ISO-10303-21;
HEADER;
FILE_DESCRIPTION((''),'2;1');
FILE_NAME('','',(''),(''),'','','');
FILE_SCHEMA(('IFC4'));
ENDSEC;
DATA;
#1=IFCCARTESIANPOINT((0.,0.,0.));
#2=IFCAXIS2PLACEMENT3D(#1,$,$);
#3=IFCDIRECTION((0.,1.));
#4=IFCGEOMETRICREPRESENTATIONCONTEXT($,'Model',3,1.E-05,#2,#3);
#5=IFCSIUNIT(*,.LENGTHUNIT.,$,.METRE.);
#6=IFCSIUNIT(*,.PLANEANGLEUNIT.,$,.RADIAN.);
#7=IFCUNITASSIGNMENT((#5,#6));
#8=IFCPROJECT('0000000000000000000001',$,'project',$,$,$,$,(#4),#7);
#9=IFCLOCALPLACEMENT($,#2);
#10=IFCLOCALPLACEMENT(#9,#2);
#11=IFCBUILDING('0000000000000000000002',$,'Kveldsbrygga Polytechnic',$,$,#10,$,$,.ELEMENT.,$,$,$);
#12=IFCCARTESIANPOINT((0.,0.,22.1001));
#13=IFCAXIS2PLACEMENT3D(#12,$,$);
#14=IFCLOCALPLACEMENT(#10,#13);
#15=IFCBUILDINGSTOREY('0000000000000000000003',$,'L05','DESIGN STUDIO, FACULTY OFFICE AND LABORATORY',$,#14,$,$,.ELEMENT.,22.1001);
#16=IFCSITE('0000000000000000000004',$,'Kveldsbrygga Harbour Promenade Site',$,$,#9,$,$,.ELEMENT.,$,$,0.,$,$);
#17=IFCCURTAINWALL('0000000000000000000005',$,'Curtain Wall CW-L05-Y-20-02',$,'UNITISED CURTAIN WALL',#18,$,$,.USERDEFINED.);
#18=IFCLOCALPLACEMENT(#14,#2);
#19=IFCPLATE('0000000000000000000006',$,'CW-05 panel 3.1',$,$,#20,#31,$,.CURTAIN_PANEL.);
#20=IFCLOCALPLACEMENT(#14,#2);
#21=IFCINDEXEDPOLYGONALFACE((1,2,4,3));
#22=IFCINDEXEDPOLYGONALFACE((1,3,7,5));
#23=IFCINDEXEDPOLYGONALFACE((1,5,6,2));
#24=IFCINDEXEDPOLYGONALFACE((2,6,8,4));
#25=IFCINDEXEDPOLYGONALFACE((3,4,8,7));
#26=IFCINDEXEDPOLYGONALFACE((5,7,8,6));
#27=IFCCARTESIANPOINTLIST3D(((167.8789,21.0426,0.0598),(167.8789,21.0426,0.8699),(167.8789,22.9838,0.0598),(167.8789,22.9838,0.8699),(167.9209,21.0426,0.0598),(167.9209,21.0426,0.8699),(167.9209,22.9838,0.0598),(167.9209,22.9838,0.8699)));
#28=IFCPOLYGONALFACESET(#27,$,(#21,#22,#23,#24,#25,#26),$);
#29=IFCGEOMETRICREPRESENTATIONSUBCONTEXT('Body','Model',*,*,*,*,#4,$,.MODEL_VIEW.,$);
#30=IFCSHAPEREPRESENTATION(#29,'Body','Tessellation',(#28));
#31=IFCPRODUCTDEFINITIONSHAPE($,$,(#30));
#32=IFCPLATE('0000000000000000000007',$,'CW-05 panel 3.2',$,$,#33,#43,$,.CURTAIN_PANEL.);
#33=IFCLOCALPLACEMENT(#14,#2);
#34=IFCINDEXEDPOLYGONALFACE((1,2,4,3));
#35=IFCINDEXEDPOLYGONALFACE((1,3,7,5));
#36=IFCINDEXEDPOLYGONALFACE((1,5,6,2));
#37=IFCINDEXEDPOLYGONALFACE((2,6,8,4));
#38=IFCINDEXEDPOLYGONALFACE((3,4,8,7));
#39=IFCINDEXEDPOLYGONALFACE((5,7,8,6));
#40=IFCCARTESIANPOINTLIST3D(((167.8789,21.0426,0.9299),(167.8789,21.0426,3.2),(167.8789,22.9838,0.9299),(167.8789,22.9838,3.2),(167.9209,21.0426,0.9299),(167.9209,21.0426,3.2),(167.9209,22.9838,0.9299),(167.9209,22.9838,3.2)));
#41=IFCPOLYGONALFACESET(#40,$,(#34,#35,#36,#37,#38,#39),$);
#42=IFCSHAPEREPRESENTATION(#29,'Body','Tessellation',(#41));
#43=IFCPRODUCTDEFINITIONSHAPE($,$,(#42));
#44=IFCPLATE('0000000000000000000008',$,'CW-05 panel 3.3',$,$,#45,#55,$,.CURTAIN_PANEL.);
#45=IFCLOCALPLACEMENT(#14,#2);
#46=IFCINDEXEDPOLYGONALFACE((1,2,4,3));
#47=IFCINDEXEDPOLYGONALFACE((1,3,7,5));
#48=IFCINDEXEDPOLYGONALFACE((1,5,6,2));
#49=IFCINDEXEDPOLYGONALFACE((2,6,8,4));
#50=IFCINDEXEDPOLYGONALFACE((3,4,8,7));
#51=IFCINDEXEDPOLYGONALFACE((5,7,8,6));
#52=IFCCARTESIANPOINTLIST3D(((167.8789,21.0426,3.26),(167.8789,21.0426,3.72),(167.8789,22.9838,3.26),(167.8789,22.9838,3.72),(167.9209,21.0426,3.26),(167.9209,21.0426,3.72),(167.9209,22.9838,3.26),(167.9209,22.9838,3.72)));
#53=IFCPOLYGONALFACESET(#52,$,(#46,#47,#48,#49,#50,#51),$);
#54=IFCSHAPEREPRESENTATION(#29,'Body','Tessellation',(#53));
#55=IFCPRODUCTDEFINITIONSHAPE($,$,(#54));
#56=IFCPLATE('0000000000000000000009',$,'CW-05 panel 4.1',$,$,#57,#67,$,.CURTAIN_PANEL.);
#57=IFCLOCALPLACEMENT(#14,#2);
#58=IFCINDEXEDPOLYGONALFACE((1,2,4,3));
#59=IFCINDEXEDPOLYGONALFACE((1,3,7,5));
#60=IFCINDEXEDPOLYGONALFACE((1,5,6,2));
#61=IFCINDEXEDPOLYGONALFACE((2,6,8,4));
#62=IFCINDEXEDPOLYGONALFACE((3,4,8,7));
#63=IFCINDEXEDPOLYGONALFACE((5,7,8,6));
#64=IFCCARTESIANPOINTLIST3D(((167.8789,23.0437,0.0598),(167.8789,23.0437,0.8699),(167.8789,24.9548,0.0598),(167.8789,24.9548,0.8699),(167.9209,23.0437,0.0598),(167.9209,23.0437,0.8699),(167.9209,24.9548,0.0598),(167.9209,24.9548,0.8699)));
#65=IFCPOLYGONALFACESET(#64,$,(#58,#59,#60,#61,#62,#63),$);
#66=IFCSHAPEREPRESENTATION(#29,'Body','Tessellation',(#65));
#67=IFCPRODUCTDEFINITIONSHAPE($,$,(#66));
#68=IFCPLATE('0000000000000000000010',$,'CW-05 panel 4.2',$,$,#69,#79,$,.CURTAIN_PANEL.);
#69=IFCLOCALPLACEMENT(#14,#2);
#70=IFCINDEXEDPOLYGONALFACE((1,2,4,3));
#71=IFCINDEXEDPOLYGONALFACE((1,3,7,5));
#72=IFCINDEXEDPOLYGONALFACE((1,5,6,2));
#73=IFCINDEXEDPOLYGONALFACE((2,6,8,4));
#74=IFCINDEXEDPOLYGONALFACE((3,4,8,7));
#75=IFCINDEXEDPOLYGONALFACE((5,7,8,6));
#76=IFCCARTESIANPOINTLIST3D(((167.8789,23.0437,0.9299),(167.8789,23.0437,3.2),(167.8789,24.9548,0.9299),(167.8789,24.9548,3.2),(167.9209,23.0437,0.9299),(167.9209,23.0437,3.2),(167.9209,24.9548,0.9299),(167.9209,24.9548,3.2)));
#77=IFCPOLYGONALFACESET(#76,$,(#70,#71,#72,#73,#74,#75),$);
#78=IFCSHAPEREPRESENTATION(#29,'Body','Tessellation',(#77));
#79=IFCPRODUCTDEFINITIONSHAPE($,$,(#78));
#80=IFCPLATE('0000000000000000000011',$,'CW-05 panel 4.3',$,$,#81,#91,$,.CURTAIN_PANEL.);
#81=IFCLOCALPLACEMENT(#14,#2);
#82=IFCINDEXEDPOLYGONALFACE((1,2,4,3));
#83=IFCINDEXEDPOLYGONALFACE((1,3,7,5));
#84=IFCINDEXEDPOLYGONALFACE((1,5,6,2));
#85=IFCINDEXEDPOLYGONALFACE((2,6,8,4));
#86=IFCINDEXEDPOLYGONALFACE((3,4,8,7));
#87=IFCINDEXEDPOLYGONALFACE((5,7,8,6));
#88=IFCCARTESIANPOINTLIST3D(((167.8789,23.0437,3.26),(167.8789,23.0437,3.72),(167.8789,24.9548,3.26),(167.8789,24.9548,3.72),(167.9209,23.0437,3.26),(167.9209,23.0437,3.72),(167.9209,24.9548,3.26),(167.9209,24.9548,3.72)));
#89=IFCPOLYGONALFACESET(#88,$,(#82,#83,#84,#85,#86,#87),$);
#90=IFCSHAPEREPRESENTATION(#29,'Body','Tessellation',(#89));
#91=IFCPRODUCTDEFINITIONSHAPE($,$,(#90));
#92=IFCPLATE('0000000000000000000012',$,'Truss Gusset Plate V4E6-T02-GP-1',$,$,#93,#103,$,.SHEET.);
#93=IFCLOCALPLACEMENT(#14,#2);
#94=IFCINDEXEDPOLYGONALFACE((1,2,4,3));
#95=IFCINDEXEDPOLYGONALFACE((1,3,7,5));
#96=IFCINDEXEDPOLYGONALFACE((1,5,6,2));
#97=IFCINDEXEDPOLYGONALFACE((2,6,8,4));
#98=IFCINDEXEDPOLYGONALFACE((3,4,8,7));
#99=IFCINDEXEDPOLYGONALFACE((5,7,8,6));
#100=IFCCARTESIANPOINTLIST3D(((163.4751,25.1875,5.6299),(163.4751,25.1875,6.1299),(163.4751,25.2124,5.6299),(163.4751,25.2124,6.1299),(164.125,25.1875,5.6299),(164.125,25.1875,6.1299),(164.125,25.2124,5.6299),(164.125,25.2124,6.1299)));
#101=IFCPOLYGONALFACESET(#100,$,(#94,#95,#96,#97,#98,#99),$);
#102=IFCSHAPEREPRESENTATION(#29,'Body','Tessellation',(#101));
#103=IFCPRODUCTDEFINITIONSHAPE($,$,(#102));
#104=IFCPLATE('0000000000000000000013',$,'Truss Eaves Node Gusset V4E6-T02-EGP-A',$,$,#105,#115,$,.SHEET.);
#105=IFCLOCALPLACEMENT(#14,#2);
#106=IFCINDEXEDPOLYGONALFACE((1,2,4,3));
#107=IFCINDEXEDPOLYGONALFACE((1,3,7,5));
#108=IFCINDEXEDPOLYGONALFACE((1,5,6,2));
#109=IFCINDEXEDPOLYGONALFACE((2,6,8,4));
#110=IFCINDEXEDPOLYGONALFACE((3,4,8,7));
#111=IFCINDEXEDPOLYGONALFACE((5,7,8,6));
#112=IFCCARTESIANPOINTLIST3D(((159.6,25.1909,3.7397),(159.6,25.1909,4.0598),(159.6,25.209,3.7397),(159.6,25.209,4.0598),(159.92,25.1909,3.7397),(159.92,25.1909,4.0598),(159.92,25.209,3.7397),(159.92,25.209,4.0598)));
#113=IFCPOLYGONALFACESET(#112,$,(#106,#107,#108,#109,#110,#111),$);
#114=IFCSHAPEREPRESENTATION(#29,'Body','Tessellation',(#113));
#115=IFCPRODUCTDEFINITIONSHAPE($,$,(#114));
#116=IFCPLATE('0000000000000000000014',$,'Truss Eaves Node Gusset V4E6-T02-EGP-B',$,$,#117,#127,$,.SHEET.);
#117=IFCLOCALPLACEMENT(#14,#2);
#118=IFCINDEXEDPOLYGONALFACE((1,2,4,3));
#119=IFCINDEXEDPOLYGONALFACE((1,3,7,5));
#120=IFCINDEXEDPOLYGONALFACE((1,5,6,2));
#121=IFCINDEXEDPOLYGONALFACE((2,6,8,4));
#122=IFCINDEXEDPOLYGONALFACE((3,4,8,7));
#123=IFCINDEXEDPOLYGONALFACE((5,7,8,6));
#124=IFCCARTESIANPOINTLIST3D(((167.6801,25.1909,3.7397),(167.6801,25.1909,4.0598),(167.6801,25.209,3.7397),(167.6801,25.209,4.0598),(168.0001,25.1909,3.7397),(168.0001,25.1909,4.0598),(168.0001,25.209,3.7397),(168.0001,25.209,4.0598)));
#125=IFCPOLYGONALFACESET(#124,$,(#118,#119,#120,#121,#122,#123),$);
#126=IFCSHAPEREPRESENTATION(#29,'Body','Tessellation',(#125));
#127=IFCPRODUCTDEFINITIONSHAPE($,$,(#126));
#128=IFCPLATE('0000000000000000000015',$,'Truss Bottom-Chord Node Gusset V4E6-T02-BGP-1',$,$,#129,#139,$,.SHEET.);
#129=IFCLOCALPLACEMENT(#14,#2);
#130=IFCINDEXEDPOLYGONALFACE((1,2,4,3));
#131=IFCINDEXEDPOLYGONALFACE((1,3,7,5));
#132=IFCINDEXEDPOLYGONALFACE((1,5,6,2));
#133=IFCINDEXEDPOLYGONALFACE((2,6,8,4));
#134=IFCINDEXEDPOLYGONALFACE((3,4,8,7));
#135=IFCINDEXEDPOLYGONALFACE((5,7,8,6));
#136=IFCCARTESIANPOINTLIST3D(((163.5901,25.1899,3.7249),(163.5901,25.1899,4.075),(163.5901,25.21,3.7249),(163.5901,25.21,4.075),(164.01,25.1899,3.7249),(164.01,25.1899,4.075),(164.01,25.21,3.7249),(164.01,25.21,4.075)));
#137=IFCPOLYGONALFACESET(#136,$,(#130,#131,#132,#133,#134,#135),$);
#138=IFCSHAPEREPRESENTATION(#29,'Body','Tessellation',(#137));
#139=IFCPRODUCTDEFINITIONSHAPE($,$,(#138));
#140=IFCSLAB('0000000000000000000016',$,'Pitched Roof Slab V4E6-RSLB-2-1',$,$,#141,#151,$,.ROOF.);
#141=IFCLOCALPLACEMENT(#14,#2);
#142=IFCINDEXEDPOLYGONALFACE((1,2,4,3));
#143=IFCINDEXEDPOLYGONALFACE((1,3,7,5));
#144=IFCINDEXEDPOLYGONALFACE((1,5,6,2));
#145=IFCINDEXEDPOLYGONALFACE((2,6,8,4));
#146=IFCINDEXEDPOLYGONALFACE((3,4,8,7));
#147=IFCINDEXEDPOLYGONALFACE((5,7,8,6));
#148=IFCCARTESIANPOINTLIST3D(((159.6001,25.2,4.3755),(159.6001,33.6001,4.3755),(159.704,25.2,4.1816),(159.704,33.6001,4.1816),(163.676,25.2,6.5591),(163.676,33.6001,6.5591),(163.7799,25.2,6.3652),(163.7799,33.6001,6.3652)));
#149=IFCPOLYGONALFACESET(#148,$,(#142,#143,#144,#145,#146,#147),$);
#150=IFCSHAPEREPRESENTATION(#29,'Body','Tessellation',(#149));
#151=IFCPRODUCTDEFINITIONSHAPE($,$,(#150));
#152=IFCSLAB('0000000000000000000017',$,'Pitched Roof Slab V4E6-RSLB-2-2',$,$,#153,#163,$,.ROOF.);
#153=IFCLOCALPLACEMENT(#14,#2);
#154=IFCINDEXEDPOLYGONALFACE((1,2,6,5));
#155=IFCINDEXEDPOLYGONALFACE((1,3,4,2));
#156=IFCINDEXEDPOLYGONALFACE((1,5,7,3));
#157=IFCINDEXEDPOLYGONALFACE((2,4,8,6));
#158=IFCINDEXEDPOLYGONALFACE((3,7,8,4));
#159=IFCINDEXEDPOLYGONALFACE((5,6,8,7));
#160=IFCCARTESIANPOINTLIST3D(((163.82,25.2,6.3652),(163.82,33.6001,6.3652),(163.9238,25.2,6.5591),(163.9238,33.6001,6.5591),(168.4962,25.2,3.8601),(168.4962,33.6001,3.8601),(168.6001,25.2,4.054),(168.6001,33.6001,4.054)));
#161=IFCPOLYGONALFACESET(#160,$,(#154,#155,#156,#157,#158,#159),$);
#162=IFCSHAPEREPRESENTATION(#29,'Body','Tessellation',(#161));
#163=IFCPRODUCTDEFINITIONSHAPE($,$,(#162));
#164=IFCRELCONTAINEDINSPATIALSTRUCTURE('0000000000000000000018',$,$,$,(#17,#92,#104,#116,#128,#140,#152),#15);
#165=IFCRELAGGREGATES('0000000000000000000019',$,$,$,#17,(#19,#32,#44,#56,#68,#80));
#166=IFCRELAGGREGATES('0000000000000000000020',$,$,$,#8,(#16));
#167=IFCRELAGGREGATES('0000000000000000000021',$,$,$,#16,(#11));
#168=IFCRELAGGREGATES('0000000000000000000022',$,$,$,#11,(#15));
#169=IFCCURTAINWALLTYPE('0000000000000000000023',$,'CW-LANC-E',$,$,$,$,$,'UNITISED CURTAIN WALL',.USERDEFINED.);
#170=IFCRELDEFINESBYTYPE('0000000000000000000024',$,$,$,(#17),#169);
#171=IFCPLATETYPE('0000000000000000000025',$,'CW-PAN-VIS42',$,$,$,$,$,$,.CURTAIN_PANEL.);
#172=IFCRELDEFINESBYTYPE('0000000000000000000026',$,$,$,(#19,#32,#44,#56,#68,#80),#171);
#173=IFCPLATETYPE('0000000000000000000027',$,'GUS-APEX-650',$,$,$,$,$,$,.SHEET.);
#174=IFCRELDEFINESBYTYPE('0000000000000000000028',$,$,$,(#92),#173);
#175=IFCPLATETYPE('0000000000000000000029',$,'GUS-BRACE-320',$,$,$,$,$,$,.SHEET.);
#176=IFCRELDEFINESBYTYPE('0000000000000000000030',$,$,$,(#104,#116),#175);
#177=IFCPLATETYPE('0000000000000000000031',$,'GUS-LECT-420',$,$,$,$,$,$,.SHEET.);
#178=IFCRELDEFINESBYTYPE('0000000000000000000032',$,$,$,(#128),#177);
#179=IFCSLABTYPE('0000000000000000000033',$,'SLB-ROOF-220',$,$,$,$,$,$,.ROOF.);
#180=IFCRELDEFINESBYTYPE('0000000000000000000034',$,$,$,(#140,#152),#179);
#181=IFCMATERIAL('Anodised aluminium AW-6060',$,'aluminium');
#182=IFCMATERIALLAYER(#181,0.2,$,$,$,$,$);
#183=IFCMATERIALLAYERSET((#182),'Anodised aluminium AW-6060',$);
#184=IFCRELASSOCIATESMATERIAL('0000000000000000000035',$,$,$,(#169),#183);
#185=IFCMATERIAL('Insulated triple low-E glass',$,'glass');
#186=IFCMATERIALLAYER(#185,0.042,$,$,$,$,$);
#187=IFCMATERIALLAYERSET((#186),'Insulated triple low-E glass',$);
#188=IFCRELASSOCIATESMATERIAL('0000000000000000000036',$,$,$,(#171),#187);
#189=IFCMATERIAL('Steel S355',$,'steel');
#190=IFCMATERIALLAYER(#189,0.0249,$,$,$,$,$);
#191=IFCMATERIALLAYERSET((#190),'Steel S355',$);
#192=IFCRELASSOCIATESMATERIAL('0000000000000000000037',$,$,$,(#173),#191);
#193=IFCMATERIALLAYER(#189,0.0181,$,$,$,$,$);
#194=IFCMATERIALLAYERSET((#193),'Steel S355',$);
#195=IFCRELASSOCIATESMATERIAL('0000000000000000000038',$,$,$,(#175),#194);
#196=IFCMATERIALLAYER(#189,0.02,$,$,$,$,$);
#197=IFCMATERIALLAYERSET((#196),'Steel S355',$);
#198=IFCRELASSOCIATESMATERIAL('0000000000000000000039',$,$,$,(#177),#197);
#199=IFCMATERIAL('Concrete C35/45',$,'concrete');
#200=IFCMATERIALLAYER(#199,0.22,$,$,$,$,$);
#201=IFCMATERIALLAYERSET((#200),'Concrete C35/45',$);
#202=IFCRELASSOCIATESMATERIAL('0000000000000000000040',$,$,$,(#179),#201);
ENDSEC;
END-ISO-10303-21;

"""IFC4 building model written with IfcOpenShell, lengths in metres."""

from ifc_helpers import new_model, si_unit, direction, frame, origin, origin_2d, place, context, subcontext, project, spatial, polyline, rectangle, outline, extrude, material, layer, layer_set, type_object, element, aggregate, save


model = new_model("IFC4")

# Units and contexts
model_context = context("Model", 3, precision=1e-05, world=origin(), true_north=direction((0.0, 1.0)))
body_context = subcontext(model_context, "Body", "Model", "MODEL_VIEW")
ifc_project = project(units=[si_unit("LENGTHUNIT", "METRE"), si_unit("PLANEANGLEUNIT", "RADIAN")], contexts=[model_context])

# Site, building, storey
site_placement = place(None, origin())
site = spatial("IfcSite", under=ifc_project, at=site_placement, Name="Kveldsbrygga Harbour Promenade Site", CompositionType="ELEMENT", RefElevation=0.0)
building_placement = place(site_placement, origin())
building = spatial("IfcBuilding", under=site, at=building_placement, Name="Kveldsbrygga Polytechnic", CompositionType="ELEMENT")
storey_placement = place(building_placement, frame((0.0, 0.0, 22.1001)))
storey = spatial("IfcBuildingStorey", under=building, at=storey_placement, Name="L05", Description="DESIGN STUDIO, FACULTY OFFICE AND LABORATORY", CompositionType="ELEMENT", Elevation=22.1001)

# Shared definitions
ifc_material_1 = material(Name="Concrete C35/45", Category="concrete")

# Curtain wall
ifc_material_2 = material(Name="Anodised aluminium AW-6060", Category="aluminium")
ifc_layer_1 = layer(ifc_material_2, 0.2)
ifc_layer_set_1 = layer_set([ifc_layer_1], Name="Anodised aluminium AW-6060")
curtain_wall_type = type_object("IfcCurtainWallType", Name="CW-LANC-E", ElementType="UNITISED CURTAIN WALL", PredefinedType="USERDEFINED", material=ifc_layer_set_1)
curtain_wall_placement = place(storey_placement, origin())
curtain_wall = element("IfcCurtainWall", 1, at=curtain_wall_placement, inside=storey, type_object=curtain_wall_type, Name="Curtain Wall CW-L05-Y-20-02", ObjectType="UNITISED CURTAIN WALL", PredefinedType="USERDEFINED")

# Shared definitions
ifc_material_3 = material(Name="Steel S355", Category="steel")

# Plates
ifc_material_4 = material(Name="Insulated triple low-E glass", Category="glass")
ifc_layer_2 = layer(ifc_material_4, 0.042)
ifc_layer_set_2 = layer_set([ifc_layer_2], Name="Insulated triple low-E glass")
plate_type_1 = type_object("IfcPlateType", Name="CW-PAN-VIS42", PredefinedType="CURTAIN_PANEL", material=ifc_layer_set_2)
plate_1_placement = place(storey_placement, frame((167.8999, 22.0132, 0.0598), z_axis=(0.0, 0.0, 1.0), x_axis=(0.0, 1.0, 0.0)))
plate_1 = element("IfcPlate", 2, at=plate_1_placement, type_object=plate_type_1, Name="CW-05 panel 3.1", PredefinedType="CURTAIN_PANEL", context=body_context, shape_type="SweptSolid", body=[
    extrude(rectangle(XDim=1.9412, YDim=0.042, at=origin_2d()), origin(), (0.0, 0.0, 1.0), 0.8101),
])
plate_2_placement = place(storey_placement, frame((167.8999, 22.0132, 0.9299), z_axis=(0.0, 0.0, 1.0), x_axis=(0.0, 1.0, 0.0)))
plate_2 = element("IfcPlate", 3, at=plate_2_placement, type_object=plate_type_1, Name="CW-05 panel 3.2", PredefinedType="CURTAIN_PANEL", context=body_context, shape_type="SweptSolid", body=[
    extrude(rectangle(XDim=1.9412, YDim=0.042, at=origin_2d()), origin(), (0.0, 0.0, 1.0), 2.27),
])
plate_3_placement = place(storey_placement, frame((167.8999, 22.0132, 3.26), z_axis=(0.0, 0.0, 1.0), x_axis=(0.0, 1.0, 0.0)))
plate_3 = element("IfcPlate", 4, at=plate_3_placement, type_object=plate_type_1, Name="CW-05 panel 3.3", PredefinedType="CURTAIN_PANEL", context=body_context, shape_type="SweptSolid", body=[
    extrude(rectangle(XDim=1.9412, YDim=0.042, at=origin_2d()), origin(), (0.0, 0.0, 1.0), 0.46),
])
plate_4_placement = place(storey_placement, frame((167.8999, 23.9993, 0.0598), z_axis=(0.0, 0.0, 1.0), x_axis=(0.0, 1.0, 0.0)))
plate_4 = element("IfcPlate", 5, at=plate_4_placement, type_object=plate_type_1, Name="CW-05 panel 4.1", PredefinedType="CURTAIN_PANEL", context=body_context, shape_type="SweptSolid", body=[
    extrude(rectangle(XDim=1.9111, YDim=0.042, at=origin_2d()), origin(), (0.0, 0.0, 1.0), 0.8101),
])
plate_5_placement = place(storey_placement, frame((167.8999, 23.9993, 0.9299), z_axis=(0.0, 0.0, 1.0), x_axis=(0.0, 1.0, 0.0)))
plate_5 = element("IfcPlate", 6, at=plate_5_placement, type_object=plate_type_1, Name="CW-05 panel 4.2", PredefinedType="CURTAIN_PANEL", context=body_context, shape_type="SweptSolid", body=[
    extrude(rectangle(XDim=1.9111, YDim=0.042, at=origin_2d()), origin(), (0.0, 0.0, 1.0), 2.27),
])
plate_6_placement = place(storey_placement, frame((167.8999, 23.9993, 3.26), z_axis=(0.0, 0.0, 1.0), x_axis=(0.0, 1.0, 0.0)))
plate_6 = element("IfcPlate", 7, at=plate_6_placement, type_object=plate_type_1, Name="CW-05 panel 4.3", PredefinedType="CURTAIN_PANEL", context=body_context, shape_type="SweptSolid", body=[
    extrude(rectangle(XDim=1.9111, YDim=0.042, at=origin_2d()), origin(), (0.0, 0.0, 1.0), 0.46),
])
aggregate(curtain_wall, [plate_1, plate_2, plate_3, plate_4, plate_5, plate_6])

# Plates
ifc_layer_3 = layer(ifc_material_3, 0.0249)
ifc_layer_set_3 = layer_set([ifc_layer_3], Name="Steel S355")
plate_type_2 = type_object("IfcPlateType", Name="GUS-APEX-650", PredefinedType="SHEET", material=ifc_layer_set_3)
plate_7_placement = place(storey_placement, frame((163.8, 25.2, 5.6299), z_axis=(0.0, 0.0, 1.0), x_axis=(1.0, 0.0, 0.0)))
element("IfcPlate", 8, at=plate_7_placement, inside=storey, type_object=plate_type_2, Name="Truss Gusset Plate V4E6-T02-GP-1", PredefinedType="SHEET", context=body_context, shape_type="SweptSolid", body=[
    extrude(rectangle(XDim=0.6499, YDim=0.0249, at=origin_2d()), origin(), (0.0, 0.0, 1.0), 0.5),
])
ifc_layer_4 = layer(ifc_material_3, 0.0181)
ifc_layer_set_4 = layer_set([ifc_layer_4], Name="Steel S355")
plate_type_3 = type_object("IfcPlateType", Name="GUS-BRACE-320", PredefinedType="SHEET", material=ifc_layer_set_4)
for number, where, z_axis, x_axis, name in (
    (9, (159.76, 25.2, 3.7397), (0.0, 0.0, 1.0), (1.0, 0.0, 0.0), "Truss Eaves Node Gusset V4E6-T02-EGP-A"),
    (10, (167.8401, 25.2, 3.7397), (0.0, 0.0, 1.0), (1.0, 0.0, 0.0), "Truss Eaves Node Gusset V4E6-T02-EGP-B"),
):
    element("IfcPlate", number, at=place(storey_placement, frame(where, z_axis=z_axis, x_axis=x_axis)), inside=storey, type_object=plate_type_3, Name=name, PredefinedType="SHEET", context=body_context, shape_type="SweptSolid", body=[
        extrude(rectangle(XDim=0.3201, YDim=0.0181, at=origin_2d()), origin(), (0.0, 0.0, 1.0), 0.3201),
    ])
ifc_layer_5 = layer(ifc_material_3, 0.02)
ifc_layer_set_5 = layer_set([ifc_layer_5], Name="Steel S355")
plate_type_4 = type_object("IfcPlateType", Name="GUS-LECT-420", PredefinedType="SHEET", material=ifc_layer_set_5)
plate_8_placement = place(storey_placement, frame((163.8, 25.2, 3.7249), z_axis=(0.0, 0.0, 1.0), x_axis=(1.0, 0.0, 0.0)))
element("IfcPlate", 11, at=plate_8_placement, inside=storey, type_object=plate_type_4, Name="Truss Bottom-Chord Node Gusset V4E6-T02-BGP-1", PredefinedType="SHEET", context=body_context, shape_type="SweptSolid", body=[
    extrude(rectangle(XDim=0.4199, YDim=0.02, at=origin_2d()), origin(), (0.0, 0.0, 1.0), 0.3501),
])

# Slabs
ifc_layer_6 = layer(ifc_material_1, 0.22)
ifc_layer_set_6 = layer_set([ifc_layer_6], Name="Concrete C35/45")
slab_type = type_object("IfcSlabType", Name="SLB-ROOF-220", PredefinedType="ROOF", material=ifc_layer_set_6)
slab_1_placement = place(storey_placement, frame((159.6001, 25.2, 4.3755), z_axis=(-0.472232, 0.0, 0.881474), x_axis=(0.881474, 0.0, 0.472232)))
element("IfcSlab", 12, at=slab_1_placement, inside=storey, type_object=slab_type, Name="Pitched Roof Slab V4E6-RSLB-2-1", PredefinedType="ROOF", context=body_context, shape_type="SweptSolid", body=[
    extrude(outline(polyline([(0.0, 0.0), (4.624, 0.0), (4.624, 8.4001), (0.0, 8.4001), (0.0, 0.0)])), origin(), (0.0, 0.0, -1.0), 0.22),
])
slab_2_placement = place(storey_placement, frame((163.9238, 25.2, 6.5591), z_axis=(0.472219, 0.0, 0.881481), x_axis=(0.881481, 0.0, -0.472219)))
element("IfcSlab", 13, at=slab_2_placement, inside=storey, type_object=slab_type, Name="Pitched Roof Slab V4E6-RSLB-2-2", PredefinedType="ROOF", context=body_context, shape_type="SweptSolid", body=[
    extrude(outline(polyline([(0.0, 0.0), (5.305, 0.0), (5.305, 8.4001), (0.0, 8.4001), (0.0, 0.0)])), origin(), (0.0, 0.0, -1.0), 0.22),
])

save(model, "model.ifc")
